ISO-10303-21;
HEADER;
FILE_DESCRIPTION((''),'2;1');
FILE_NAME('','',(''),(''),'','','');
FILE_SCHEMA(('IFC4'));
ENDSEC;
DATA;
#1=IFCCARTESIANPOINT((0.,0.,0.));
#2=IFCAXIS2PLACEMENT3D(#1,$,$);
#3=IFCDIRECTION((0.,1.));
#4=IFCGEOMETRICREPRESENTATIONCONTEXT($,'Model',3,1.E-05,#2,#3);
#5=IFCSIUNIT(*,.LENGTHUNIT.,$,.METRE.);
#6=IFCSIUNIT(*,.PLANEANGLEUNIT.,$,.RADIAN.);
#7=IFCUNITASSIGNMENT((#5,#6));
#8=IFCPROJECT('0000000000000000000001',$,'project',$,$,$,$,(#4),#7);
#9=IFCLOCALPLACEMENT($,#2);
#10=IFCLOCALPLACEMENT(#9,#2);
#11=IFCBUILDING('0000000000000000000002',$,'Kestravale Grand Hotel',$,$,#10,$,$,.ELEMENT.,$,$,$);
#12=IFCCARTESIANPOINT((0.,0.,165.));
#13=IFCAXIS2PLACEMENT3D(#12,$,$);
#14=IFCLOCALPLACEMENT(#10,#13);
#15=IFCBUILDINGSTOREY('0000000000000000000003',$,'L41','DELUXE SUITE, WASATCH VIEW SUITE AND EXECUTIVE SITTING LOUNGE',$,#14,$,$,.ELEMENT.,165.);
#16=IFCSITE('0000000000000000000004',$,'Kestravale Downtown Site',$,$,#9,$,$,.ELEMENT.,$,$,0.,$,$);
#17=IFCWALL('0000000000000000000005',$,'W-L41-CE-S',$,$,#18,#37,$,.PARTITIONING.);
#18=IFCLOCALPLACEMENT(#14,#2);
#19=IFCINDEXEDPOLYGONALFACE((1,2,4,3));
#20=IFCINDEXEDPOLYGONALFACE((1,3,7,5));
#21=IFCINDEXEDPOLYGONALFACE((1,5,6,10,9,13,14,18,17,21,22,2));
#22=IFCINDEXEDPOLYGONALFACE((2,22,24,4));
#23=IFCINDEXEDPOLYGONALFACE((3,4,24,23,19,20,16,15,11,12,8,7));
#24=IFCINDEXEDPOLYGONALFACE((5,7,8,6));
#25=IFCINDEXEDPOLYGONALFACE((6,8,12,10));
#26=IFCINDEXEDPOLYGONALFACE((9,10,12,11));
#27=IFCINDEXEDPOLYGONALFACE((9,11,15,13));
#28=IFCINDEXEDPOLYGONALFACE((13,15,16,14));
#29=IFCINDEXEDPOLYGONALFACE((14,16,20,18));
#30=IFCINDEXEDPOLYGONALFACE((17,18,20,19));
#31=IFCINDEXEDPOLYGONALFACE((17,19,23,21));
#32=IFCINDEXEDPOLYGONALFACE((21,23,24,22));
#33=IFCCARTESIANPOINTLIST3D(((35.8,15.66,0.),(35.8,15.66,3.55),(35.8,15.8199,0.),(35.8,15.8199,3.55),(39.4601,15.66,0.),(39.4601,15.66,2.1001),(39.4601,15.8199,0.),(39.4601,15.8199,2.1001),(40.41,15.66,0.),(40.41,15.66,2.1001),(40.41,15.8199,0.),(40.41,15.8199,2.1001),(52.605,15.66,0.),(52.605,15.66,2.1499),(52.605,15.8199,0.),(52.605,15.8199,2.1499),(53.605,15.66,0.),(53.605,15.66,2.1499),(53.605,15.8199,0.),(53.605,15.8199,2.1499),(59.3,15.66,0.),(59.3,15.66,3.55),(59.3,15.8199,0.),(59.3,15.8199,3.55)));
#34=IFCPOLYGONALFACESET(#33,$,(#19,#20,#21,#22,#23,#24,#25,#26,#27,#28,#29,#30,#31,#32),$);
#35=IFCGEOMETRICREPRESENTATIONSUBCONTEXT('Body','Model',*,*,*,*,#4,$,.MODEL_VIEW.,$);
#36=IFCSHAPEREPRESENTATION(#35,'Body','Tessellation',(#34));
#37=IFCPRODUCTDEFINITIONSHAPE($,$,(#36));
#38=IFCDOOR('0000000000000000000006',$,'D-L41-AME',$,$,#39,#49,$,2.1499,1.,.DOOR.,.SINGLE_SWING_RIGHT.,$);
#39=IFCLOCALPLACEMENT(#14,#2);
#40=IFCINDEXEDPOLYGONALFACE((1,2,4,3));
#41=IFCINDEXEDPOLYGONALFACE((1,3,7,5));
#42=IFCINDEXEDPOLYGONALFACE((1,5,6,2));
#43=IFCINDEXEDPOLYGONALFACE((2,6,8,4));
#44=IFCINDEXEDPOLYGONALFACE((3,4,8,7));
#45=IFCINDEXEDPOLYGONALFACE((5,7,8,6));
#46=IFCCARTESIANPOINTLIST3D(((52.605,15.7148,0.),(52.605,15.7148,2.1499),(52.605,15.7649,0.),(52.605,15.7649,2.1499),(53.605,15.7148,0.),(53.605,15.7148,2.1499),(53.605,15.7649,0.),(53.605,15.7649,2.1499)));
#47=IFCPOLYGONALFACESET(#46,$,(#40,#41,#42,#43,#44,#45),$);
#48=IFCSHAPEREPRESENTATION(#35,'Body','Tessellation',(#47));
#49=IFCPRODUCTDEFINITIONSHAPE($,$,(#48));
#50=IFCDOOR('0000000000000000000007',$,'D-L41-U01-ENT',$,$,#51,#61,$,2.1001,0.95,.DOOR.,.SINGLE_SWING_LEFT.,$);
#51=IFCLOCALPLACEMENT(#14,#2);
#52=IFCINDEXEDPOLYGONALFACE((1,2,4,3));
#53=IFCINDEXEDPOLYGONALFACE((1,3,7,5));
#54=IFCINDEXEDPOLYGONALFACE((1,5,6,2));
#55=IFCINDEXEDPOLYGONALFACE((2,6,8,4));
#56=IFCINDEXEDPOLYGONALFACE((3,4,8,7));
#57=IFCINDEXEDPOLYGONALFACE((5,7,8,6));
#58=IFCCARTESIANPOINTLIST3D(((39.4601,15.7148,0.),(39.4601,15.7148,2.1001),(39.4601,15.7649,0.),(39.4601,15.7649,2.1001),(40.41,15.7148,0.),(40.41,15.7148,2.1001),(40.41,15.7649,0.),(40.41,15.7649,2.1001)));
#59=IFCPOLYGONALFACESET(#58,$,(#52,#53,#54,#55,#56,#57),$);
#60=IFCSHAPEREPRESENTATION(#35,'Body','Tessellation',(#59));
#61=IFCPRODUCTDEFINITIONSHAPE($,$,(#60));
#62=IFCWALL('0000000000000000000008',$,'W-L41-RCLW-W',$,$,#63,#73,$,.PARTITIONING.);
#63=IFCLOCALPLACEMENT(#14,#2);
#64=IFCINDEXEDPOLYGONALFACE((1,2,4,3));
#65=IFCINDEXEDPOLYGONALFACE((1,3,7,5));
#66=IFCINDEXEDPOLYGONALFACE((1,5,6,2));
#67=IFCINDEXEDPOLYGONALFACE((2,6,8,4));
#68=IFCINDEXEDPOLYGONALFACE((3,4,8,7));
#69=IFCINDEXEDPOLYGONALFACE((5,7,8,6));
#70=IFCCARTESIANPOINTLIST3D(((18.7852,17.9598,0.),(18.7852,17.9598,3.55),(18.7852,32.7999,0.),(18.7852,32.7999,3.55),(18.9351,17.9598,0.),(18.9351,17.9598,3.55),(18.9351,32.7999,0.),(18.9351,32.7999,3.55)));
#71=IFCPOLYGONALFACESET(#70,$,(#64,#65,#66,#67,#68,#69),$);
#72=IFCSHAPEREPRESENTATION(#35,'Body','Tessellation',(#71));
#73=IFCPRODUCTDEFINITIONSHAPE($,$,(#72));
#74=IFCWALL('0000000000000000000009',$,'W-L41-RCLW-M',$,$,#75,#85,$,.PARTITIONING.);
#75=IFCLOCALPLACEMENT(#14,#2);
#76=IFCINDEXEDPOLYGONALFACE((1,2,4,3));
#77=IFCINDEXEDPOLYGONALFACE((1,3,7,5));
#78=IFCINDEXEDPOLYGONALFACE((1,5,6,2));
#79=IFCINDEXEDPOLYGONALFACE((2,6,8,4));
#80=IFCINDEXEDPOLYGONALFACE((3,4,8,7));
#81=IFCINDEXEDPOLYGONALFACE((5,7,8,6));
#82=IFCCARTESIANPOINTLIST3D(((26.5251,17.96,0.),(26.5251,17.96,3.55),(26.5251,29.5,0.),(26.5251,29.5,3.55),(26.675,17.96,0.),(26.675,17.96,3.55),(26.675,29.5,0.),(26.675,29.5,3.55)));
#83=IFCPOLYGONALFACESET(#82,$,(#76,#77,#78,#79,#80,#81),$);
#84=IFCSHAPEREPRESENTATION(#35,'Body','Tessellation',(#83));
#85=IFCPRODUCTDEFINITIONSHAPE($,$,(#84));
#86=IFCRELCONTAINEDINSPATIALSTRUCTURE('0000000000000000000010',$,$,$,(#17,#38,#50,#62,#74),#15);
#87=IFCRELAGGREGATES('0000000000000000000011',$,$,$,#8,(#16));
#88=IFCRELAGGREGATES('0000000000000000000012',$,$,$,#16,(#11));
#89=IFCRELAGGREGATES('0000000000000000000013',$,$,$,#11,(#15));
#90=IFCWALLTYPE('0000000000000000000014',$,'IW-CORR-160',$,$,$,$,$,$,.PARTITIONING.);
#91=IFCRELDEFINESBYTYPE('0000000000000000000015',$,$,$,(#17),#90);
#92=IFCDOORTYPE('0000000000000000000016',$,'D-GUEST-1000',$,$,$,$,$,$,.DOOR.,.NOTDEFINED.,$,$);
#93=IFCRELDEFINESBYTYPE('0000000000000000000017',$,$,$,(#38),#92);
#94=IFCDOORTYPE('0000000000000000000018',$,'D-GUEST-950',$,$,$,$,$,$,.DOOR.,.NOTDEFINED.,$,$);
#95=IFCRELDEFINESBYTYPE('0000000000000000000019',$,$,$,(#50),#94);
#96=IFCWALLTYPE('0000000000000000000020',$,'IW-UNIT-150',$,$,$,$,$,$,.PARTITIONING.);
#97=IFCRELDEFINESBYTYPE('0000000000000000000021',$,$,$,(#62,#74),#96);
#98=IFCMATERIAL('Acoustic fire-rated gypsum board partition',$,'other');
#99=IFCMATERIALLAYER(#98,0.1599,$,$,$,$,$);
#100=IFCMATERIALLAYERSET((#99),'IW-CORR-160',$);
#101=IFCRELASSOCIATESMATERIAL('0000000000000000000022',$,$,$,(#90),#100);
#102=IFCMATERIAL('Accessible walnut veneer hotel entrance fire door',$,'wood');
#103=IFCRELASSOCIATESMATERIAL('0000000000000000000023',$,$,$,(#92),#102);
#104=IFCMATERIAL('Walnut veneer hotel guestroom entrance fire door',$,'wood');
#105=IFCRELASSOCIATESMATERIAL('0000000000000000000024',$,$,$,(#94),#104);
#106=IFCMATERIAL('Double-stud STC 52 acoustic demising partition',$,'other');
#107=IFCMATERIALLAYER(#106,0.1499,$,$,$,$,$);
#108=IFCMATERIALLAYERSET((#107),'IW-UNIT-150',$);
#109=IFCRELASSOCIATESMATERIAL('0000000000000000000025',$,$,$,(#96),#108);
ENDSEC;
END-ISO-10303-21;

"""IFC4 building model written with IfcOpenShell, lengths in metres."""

from ifc_helpers import new_model, si_unit, direction, frame, frame_2d, origin, place, context, subcontext, project, spatial, rectangle, extrude, material, layer, layer_set, type_object, element, fill, save


model = new_model("IFC4")

# Units and contexts
model_context = context("Model", 3, precision=1e-05, world=origin(), true_north=direction((0.0, 1.0)))
body_context = subcontext(model_context, "Body", "Model", "MODEL_VIEW")
ifc_project = project(units=[si_unit("LENGTHUNIT", "METRE"), si_unit("PLANEANGLEUNIT", "RADIAN")], contexts=[model_context])

# Site, building, storey
site_placement = place(None, origin())
site = spatial("IfcSite", under=ifc_project, at=site_placement, Name="Kestravale Downtown Site", CompositionType="ELEMENT", RefElevation=0.0)
building_placement = place(site_placement, origin())
building = spatial("IfcBuilding", under=site, at=building_placement, Name="Kestravale Grand Hotel", CompositionType="ELEMENT")
storey_placement = place(building_placement, frame((0.0, 0.0, 165.0)))
storey = spatial("IfcBuildingStorey", under=building, at=storey_placement, Name="L41", Description="DELUXE SUITE, WASATCH VIEW SUITE AND EXECUTIVE SITTING LOUNGE", CompositionType="ELEMENT", Elevation=165.0)

# Shared definitions
ifc_material_1 = material(Name="Acoustic fire-rated gypsum board partition", Category="other")
ifc_layer_1 = layer(ifc_material_1, 0.1599)
ifc_layer_set_1 = layer_set([ifc_layer_1], Name="IW-CORR-160")
wall_type_1 = type_object("IfcWallType", Name="IW-CORR-160", PredefinedType="PARTITIONING", material=ifc_layer_set_1)

# Wall, openings, doors
wall_1_placement = place(storey_placement, frame((35.8, 15.74, 0.0), z_axis=(0.0, 0.0, 1.0), x_axis=(1.0, 0.0, 0.0)))
wall_1 = element("IfcWall", 1, at=wall_1_placement, inside=storey, type_object=wall_type_1, Name="W-L41-CE-S", PredefinedType="PARTITIONING", context=body_context, shape_type="SweptSolid", body=[
    extrude(rectangle(XDim=23.5, YDim=0.1599, at=frame_2d((11.75, 0.0))), origin(), (0.0, 0.0, 1.0), 3.55),
])
opening_1_placement = place(wall_1_placement, frame((3.6599, 0.0, 0.0)))
opening_1 = element("IfcOpeningElement", 2, at=opening_1_placement, cuts=wall_1, PredefinedType="OPENING", context=body_context, shape_type="SweptSolid", body=[
    extrude(rectangle(XDim=0.95, YDim=2.1001, at=frame_2d((0.4751, 1.05))), frame((0.0, 0.0898, 0.0), z_axis=(0.0, -1.0, 0.0), x_axis=(1.0, 0.0, 0.0)), (0.0, 0.0, 1.0), 0.1799),
])
opening_2_placement = place(wall_1_placement, frame((16.8049, 0.0, 0.0)))
opening_2 = element("IfcOpeningElement", 3, at=opening_2_placement, cuts=wall_1, PredefinedType="OPENING", context=body_context, shape_type="SweptSolid", body=[
    extrude(rectangle(XDim=1.0, YDim=2.1499, at=frame_2d((0.5, 1.075))), frame((0.0, 0.0898, 0.0), z_axis=(0.0, -1.0, 0.0), x_axis=(1.0, 0.0, 0.0)), (0.0, 0.0, 1.0), 0.1799),
])
ifc_material_2 = material(Name="Accessible walnut veneer hotel entrance fire door", Category="wood")
door_type_1 = type_object("IfcDoorType", Name="D-GUEST-1000", OperationType="NOTDEFINED", PredefinedType="DOOR", material=ifc_material_2)
door_1_placement = place(opening_2_placement, origin())
door_1 = element("IfcDoor", 4, at=door_1_placement, inside=storey, type_object=door_type_1, Name="D-L41-AME", OperationType="SINGLE_SWING_RIGHT", OverallHeight=2.1499, OverallWidth=1.0, PredefinedType="DOOR", context=body_context, shape_type="SweptSolid", body=[
    extrude(rectangle(XDim=1.0, YDim=2.1499, at=frame_2d((0.5, 1.075))), frame((0.0, 0.0249, 0.0), z_axis=(0.0, -1.0, 0.0), x_axis=(1.0, 0.0, 0.0)), (0.0, 0.0, 1.0), 0.05),
])
fill(opening_2, door_1)
ifc_material_3 = material(Name="Walnut veneer hotel guestroom entrance fire door", Category="wood")
door_type_2 = type_object("IfcDoorType", Name="D-GUEST-950", OperationType="NOTDEFINED", PredefinedType="DOOR", material=ifc_material_3)
door_2_placement = place(opening_1_placement, origin())
door_2 = element("IfcDoor", 5, at=door_2_placement, inside=storey, type_object=door_type_2, Name="D-L41-U01-ENT", OperationType="SINGLE_SWING_LEFT", OverallHeight=2.1001, OverallWidth=0.95, PredefinedType="DOOR", context=body_context, shape_type="SweptSolid", body=[
    extrude(rectangle(XDim=0.95, YDim=2.1001, at=frame_2d((0.4751, 1.05))), frame((0.0, 0.0249, 0.0), z_axis=(0.0, -1.0, 0.0), x_axis=(1.0, 0.0, 0.0)), (0.0, 0.0, 1.0), 0.05),
])
fill(opening_1, door_2)

# Walls
ifc_material_4 = material(Name="Double-stud STC 52 acoustic demising partition", Category="other")
ifc_layer_2 = layer(ifc_material_4, 0.1499)
ifc_layer_set_2 = layer_set([ifc_layer_2], Name="IW-UNIT-150")
wall_type_2 = type_object("IfcWallType", Name="IW-UNIT-150", PredefinedType="PARTITIONING", material=ifc_layer_set_2)
wall_2_placement = place(storey_placement, frame((18.8601, 17.96, 0.0), z_axis=(0.0, 0.0, 1.0), x_axis=(0.0, 1.0, 0.0)))
element("IfcWall", 6, at=wall_2_placement, inside=storey, type_object=wall_type_2, Name="W-L41-RCLW-W", PredefinedType="PARTITIONING", context=body_context, shape_type="SweptSolid", body=[
    extrude(rectangle(XDim=14.8401, YDim=0.1499, at=frame_2d((7.4199, 0.0))), origin(), (0.0, 0.0, 1.0), 3.55),
])
wall_3_placement = place(storey_placement, frame((26.6001, 17.96, 0.0), z_axis=(0.0, 0.0, 1.0), x_axis=(0.0, 1.0, 0.0)))
element("IfcWall", 7, at=wall_3_placement, inside=storey, type_object=wall_type_2, Name="W-L41-RCLW-M", PredefinedType="PARTITIONING", context=body_context, shape_type="SweptSolid", body=[
    extrude(rectangle(XDim=11.54, YDim=0.1499, at=frame_2d((5.77, 0.0))), origin(), (0.0, 0.0, 1.0), 3.55),
])

save(model, "model.ifc")
